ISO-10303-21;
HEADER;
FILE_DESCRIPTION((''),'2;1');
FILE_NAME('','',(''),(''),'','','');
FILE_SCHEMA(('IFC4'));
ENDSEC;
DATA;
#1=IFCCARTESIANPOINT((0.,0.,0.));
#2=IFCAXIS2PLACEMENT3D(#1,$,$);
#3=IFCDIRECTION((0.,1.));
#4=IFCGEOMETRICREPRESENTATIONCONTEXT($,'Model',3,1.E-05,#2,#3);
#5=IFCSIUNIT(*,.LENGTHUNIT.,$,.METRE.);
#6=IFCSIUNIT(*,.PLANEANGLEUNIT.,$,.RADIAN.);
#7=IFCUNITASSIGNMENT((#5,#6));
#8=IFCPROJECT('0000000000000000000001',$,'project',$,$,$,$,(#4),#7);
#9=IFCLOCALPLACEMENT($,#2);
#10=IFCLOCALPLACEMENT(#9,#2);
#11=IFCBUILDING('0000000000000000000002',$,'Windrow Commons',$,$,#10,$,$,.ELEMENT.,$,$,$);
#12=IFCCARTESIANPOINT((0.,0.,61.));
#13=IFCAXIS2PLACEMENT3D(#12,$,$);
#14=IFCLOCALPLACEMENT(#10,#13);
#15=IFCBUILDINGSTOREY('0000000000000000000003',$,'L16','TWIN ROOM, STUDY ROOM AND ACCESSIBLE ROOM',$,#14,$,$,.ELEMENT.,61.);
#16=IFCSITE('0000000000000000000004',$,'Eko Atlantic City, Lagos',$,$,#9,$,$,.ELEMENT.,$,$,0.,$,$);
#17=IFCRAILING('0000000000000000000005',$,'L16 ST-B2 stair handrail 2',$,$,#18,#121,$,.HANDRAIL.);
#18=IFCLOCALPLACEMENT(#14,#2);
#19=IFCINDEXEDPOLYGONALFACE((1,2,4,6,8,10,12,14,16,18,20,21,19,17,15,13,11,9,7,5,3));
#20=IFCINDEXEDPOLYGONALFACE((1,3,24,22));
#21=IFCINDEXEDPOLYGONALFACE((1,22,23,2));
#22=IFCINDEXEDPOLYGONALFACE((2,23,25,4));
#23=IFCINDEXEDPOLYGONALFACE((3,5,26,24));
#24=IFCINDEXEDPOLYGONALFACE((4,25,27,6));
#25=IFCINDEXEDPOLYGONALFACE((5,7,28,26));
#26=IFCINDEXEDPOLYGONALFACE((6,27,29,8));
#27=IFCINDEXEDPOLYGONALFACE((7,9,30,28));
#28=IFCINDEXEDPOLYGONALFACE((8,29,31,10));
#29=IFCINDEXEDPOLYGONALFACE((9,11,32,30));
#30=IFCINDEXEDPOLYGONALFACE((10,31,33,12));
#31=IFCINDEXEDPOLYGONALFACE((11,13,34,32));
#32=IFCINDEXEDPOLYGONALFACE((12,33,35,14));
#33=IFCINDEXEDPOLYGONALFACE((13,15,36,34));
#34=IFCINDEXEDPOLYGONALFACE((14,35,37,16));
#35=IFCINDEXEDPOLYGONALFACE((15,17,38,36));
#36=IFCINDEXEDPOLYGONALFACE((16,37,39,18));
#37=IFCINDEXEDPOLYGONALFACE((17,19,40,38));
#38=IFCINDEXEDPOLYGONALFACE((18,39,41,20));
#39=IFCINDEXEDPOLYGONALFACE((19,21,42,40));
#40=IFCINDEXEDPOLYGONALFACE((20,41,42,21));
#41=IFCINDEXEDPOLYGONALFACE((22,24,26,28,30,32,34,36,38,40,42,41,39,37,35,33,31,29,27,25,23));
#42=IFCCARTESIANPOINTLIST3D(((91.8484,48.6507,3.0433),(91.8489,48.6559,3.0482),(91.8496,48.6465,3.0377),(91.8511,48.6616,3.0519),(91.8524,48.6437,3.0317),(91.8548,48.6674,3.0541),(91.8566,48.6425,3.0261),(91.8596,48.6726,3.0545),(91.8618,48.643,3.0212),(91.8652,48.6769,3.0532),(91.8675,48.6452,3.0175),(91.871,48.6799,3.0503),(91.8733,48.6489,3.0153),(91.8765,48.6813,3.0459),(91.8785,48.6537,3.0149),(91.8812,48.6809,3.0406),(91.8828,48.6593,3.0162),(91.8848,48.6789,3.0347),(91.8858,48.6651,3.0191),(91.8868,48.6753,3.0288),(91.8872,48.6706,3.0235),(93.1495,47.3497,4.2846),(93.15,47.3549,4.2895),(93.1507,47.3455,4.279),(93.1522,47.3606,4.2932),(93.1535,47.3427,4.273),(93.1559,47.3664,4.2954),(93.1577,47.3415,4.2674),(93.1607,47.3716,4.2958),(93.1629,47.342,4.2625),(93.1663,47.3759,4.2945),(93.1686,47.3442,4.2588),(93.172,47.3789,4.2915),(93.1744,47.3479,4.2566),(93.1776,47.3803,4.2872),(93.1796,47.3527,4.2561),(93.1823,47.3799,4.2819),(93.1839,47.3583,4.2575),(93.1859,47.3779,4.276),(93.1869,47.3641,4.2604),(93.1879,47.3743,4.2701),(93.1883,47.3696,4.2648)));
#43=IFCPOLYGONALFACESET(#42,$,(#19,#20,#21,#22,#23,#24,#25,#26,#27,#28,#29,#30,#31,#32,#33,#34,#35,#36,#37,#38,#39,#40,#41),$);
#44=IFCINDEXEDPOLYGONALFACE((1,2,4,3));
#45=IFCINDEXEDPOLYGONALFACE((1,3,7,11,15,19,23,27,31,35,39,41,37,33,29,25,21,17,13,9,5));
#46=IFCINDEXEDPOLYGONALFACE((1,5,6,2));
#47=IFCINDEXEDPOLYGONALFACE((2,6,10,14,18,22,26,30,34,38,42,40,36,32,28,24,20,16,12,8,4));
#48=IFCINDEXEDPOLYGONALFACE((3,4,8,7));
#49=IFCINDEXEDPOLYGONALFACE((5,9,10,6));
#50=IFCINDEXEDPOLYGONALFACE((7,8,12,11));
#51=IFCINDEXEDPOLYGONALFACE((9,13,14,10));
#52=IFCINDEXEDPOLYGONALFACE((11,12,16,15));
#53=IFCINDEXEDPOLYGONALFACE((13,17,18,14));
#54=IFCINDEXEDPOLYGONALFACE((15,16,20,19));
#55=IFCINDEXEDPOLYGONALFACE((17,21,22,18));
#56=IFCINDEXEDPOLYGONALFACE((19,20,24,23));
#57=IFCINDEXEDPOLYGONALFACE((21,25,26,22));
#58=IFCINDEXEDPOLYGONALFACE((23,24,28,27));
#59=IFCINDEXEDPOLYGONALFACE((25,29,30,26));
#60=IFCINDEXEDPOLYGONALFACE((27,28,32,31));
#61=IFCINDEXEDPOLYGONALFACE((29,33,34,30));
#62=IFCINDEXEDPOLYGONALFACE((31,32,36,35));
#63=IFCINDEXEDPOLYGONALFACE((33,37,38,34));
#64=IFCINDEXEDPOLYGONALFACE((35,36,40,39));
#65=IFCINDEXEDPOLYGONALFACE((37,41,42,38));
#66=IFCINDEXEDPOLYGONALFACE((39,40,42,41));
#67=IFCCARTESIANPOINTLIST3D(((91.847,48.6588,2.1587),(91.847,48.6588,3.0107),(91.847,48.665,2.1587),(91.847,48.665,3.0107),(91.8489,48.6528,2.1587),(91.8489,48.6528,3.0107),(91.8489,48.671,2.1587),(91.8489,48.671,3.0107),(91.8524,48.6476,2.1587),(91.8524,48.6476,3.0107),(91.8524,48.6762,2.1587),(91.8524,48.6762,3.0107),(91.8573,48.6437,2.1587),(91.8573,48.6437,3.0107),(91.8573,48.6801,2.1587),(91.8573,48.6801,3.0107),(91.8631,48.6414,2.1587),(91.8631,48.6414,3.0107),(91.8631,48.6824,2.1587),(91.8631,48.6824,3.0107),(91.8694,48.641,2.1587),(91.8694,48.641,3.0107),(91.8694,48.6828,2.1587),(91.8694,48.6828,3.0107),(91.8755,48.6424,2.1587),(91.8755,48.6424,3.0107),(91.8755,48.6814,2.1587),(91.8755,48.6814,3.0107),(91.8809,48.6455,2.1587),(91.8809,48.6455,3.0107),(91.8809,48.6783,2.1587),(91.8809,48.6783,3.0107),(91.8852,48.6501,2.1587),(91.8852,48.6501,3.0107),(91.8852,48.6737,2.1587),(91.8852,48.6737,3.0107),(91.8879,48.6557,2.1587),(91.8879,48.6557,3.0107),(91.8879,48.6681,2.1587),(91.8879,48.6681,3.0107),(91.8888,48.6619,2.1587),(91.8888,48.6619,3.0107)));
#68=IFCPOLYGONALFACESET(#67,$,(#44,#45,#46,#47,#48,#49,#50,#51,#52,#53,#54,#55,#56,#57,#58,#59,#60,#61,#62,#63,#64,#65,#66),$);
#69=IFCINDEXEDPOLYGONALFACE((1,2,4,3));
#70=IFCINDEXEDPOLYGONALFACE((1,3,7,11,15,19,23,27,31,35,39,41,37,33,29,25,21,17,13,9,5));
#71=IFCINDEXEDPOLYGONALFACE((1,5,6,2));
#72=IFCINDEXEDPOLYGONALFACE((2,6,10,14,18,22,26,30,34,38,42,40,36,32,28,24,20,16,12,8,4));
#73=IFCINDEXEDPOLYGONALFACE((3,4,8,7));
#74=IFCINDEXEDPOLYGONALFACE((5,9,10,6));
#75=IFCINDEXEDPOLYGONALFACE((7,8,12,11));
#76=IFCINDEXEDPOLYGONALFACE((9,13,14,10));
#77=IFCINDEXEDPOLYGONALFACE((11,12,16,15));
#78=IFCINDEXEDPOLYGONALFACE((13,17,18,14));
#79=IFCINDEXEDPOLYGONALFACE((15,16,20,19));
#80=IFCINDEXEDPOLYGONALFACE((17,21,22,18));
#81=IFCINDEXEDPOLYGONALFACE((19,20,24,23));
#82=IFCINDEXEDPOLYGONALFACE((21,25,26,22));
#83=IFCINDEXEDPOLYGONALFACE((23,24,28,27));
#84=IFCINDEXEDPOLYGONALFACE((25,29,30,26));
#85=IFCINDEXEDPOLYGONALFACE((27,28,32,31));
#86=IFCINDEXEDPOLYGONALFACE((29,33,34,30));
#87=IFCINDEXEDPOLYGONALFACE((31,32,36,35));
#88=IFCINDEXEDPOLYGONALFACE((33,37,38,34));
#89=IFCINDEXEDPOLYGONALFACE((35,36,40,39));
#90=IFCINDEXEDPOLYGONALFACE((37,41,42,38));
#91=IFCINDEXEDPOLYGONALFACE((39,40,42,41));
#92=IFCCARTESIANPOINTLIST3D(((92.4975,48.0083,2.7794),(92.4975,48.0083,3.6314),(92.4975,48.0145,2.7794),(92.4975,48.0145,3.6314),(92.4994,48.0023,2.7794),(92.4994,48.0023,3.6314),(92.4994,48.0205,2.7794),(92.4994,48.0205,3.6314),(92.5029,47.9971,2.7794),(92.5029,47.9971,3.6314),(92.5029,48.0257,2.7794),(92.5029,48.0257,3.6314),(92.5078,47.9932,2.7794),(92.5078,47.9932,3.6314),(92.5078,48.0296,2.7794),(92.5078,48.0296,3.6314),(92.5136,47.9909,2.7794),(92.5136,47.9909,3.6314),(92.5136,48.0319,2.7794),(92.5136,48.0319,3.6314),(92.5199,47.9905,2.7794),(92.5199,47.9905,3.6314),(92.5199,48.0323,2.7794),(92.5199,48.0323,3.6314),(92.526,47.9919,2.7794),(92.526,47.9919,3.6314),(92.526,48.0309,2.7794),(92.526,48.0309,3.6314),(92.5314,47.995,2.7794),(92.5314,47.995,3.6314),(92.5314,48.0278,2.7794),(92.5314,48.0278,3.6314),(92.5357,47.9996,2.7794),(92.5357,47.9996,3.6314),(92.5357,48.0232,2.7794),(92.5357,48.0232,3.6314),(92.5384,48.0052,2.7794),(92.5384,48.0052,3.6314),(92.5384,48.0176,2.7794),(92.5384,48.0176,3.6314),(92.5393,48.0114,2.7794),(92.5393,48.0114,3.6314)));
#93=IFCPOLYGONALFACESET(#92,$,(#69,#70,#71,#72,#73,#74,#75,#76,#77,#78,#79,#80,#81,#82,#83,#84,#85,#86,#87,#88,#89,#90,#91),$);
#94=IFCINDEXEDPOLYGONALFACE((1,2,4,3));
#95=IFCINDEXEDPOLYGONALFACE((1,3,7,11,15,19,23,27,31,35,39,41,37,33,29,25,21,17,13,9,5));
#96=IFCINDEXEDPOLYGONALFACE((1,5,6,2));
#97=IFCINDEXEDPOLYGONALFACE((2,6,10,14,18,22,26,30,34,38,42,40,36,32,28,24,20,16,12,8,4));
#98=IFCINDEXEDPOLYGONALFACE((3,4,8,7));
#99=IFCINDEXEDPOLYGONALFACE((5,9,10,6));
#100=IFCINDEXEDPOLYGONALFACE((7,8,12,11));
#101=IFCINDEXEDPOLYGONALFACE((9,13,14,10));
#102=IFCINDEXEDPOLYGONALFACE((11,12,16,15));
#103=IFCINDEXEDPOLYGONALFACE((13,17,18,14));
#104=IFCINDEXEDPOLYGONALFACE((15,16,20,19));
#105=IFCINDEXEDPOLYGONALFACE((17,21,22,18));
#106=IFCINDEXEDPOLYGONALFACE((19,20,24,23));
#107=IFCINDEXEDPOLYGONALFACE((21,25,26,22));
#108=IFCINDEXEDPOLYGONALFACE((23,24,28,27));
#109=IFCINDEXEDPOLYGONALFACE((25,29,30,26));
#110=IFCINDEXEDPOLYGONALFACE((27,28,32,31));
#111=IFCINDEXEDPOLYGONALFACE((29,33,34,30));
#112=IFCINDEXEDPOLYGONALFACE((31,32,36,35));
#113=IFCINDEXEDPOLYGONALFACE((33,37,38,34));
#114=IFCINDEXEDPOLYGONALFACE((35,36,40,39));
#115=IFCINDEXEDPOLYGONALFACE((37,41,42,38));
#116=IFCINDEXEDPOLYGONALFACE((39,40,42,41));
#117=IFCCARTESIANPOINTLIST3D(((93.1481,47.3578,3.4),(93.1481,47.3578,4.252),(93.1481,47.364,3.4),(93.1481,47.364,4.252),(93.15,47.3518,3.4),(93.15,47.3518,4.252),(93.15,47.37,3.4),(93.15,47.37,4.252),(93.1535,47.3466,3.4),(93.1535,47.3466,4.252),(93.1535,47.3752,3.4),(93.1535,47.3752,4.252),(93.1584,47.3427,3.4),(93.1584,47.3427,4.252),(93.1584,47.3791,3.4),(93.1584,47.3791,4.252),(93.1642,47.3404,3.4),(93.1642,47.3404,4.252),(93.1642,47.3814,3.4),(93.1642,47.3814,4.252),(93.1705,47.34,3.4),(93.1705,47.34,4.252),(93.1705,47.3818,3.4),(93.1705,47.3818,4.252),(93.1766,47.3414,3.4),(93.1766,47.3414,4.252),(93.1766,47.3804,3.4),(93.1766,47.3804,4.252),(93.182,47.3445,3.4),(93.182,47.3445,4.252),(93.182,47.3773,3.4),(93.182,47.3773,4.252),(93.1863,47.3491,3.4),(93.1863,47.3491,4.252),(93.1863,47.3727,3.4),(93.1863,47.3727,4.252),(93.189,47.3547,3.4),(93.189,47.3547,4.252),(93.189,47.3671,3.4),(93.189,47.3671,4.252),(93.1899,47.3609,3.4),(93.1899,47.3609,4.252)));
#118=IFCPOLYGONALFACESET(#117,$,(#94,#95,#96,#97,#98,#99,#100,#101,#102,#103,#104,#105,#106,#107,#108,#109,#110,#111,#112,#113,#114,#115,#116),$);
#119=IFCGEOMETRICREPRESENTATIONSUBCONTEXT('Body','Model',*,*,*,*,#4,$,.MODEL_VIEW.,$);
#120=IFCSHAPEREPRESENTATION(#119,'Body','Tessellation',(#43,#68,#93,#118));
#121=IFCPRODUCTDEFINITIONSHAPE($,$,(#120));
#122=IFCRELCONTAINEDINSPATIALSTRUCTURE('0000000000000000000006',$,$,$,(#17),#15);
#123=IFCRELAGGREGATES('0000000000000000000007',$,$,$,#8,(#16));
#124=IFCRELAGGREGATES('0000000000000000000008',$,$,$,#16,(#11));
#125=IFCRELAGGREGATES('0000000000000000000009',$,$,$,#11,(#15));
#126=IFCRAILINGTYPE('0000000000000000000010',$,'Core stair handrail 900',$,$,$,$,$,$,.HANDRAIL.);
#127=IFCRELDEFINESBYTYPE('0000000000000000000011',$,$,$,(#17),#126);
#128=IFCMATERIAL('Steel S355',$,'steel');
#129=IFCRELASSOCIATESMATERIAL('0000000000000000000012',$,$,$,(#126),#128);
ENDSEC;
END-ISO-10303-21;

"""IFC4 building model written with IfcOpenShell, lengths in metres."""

from ifc_helpers import new_model, si_unit, direction, frame, origin, origin_2d, place, context, subcontext, project, spatial, circle, extrude, material, type_object, element, save


model = new_model("IFC4")

# Units and contexts
model_context = context("Model", 3, precision=1e-05, world=origin(), true_north=direction((0.0, 1.0)))
body_context = subcontext(model_context, "Body", "Model", "MODEL_VIEW")
ifc_project = project(units=[si_unit("LENGTHUNIT", "METRE"), si_unit("PLANEANGLEUNIT", "RADIAN")], contexts=[model_context])

# Site, building, storey
site_placement = place(None, origin())
site = spatial("IfcSite", under=ifc_project, at=site_placement, Name="Eko Atlantic City, Lagos", CompositionType="ELEMENT", RefElevation=0.0)
building_placement = place(site_placement, origin())
building = spatial("IfcBuilding", under=site, at=building_placement, Name="Windrow Commons", CompositionType="ELEMENT")
storey_placement = place(building_placement, frame((0.0, 0.0, 61.0)))
storey = spatial("IfcBuildingStorey", under=building, at=storey_placement, Name="L16", Description="TWIN ROOM, STUDY ROOM AND ACCESSIBLE ROOM", CompositionType="ELEMENT", Elevation=61.0)

# Railing
ifc_material_1 = material(Name="Steel S355", Category="steel")
railing_type_1 = type_object("IfcRailingType", Name="Core stair handrail 900", PredefinedType="HANDRAIL", material=ifc_material_1)
railing_1_placement = place(storey_placement, frame((91.8678, 48.6619, 2.1587)))
element("IfcRailing", 1, at=railing_1_placement, inside=storey, type_object=railing_type_1, Name="L16 ST-B2 stair handrail 2", PredefinedType="HANDRAIL", context=body_context, shape_type="SweptSolid", body=[
    extrude(circle(Radius=0.024, at=origin_2d()), frame((0.0, 0.0, 0.876), z_axis=(0.586207, -0.586162, 0.559264), x_axis=(0.70708, 0.707134, 0.0)), (0.0, 0.0, 1.0), 2.2195),
    extrude(circle(Radius=0.021, at=origin_2d()), origin(), (0.0, 0.0, 1.0), 0.852),
    extrude(circle(Radius=0.021, at=origin_2d()), frame((0.6505, -0.6505, 0.6207)), (0.0, 0.0, 1.0), 0.852),
    extrude(circle(Radius=0.021, at=origin_2d()), frame((1.3011, -1.301, 1.2413)), (0.0, 0.0, 1.0), 0.852),
])

save(model, "model.ifc")
